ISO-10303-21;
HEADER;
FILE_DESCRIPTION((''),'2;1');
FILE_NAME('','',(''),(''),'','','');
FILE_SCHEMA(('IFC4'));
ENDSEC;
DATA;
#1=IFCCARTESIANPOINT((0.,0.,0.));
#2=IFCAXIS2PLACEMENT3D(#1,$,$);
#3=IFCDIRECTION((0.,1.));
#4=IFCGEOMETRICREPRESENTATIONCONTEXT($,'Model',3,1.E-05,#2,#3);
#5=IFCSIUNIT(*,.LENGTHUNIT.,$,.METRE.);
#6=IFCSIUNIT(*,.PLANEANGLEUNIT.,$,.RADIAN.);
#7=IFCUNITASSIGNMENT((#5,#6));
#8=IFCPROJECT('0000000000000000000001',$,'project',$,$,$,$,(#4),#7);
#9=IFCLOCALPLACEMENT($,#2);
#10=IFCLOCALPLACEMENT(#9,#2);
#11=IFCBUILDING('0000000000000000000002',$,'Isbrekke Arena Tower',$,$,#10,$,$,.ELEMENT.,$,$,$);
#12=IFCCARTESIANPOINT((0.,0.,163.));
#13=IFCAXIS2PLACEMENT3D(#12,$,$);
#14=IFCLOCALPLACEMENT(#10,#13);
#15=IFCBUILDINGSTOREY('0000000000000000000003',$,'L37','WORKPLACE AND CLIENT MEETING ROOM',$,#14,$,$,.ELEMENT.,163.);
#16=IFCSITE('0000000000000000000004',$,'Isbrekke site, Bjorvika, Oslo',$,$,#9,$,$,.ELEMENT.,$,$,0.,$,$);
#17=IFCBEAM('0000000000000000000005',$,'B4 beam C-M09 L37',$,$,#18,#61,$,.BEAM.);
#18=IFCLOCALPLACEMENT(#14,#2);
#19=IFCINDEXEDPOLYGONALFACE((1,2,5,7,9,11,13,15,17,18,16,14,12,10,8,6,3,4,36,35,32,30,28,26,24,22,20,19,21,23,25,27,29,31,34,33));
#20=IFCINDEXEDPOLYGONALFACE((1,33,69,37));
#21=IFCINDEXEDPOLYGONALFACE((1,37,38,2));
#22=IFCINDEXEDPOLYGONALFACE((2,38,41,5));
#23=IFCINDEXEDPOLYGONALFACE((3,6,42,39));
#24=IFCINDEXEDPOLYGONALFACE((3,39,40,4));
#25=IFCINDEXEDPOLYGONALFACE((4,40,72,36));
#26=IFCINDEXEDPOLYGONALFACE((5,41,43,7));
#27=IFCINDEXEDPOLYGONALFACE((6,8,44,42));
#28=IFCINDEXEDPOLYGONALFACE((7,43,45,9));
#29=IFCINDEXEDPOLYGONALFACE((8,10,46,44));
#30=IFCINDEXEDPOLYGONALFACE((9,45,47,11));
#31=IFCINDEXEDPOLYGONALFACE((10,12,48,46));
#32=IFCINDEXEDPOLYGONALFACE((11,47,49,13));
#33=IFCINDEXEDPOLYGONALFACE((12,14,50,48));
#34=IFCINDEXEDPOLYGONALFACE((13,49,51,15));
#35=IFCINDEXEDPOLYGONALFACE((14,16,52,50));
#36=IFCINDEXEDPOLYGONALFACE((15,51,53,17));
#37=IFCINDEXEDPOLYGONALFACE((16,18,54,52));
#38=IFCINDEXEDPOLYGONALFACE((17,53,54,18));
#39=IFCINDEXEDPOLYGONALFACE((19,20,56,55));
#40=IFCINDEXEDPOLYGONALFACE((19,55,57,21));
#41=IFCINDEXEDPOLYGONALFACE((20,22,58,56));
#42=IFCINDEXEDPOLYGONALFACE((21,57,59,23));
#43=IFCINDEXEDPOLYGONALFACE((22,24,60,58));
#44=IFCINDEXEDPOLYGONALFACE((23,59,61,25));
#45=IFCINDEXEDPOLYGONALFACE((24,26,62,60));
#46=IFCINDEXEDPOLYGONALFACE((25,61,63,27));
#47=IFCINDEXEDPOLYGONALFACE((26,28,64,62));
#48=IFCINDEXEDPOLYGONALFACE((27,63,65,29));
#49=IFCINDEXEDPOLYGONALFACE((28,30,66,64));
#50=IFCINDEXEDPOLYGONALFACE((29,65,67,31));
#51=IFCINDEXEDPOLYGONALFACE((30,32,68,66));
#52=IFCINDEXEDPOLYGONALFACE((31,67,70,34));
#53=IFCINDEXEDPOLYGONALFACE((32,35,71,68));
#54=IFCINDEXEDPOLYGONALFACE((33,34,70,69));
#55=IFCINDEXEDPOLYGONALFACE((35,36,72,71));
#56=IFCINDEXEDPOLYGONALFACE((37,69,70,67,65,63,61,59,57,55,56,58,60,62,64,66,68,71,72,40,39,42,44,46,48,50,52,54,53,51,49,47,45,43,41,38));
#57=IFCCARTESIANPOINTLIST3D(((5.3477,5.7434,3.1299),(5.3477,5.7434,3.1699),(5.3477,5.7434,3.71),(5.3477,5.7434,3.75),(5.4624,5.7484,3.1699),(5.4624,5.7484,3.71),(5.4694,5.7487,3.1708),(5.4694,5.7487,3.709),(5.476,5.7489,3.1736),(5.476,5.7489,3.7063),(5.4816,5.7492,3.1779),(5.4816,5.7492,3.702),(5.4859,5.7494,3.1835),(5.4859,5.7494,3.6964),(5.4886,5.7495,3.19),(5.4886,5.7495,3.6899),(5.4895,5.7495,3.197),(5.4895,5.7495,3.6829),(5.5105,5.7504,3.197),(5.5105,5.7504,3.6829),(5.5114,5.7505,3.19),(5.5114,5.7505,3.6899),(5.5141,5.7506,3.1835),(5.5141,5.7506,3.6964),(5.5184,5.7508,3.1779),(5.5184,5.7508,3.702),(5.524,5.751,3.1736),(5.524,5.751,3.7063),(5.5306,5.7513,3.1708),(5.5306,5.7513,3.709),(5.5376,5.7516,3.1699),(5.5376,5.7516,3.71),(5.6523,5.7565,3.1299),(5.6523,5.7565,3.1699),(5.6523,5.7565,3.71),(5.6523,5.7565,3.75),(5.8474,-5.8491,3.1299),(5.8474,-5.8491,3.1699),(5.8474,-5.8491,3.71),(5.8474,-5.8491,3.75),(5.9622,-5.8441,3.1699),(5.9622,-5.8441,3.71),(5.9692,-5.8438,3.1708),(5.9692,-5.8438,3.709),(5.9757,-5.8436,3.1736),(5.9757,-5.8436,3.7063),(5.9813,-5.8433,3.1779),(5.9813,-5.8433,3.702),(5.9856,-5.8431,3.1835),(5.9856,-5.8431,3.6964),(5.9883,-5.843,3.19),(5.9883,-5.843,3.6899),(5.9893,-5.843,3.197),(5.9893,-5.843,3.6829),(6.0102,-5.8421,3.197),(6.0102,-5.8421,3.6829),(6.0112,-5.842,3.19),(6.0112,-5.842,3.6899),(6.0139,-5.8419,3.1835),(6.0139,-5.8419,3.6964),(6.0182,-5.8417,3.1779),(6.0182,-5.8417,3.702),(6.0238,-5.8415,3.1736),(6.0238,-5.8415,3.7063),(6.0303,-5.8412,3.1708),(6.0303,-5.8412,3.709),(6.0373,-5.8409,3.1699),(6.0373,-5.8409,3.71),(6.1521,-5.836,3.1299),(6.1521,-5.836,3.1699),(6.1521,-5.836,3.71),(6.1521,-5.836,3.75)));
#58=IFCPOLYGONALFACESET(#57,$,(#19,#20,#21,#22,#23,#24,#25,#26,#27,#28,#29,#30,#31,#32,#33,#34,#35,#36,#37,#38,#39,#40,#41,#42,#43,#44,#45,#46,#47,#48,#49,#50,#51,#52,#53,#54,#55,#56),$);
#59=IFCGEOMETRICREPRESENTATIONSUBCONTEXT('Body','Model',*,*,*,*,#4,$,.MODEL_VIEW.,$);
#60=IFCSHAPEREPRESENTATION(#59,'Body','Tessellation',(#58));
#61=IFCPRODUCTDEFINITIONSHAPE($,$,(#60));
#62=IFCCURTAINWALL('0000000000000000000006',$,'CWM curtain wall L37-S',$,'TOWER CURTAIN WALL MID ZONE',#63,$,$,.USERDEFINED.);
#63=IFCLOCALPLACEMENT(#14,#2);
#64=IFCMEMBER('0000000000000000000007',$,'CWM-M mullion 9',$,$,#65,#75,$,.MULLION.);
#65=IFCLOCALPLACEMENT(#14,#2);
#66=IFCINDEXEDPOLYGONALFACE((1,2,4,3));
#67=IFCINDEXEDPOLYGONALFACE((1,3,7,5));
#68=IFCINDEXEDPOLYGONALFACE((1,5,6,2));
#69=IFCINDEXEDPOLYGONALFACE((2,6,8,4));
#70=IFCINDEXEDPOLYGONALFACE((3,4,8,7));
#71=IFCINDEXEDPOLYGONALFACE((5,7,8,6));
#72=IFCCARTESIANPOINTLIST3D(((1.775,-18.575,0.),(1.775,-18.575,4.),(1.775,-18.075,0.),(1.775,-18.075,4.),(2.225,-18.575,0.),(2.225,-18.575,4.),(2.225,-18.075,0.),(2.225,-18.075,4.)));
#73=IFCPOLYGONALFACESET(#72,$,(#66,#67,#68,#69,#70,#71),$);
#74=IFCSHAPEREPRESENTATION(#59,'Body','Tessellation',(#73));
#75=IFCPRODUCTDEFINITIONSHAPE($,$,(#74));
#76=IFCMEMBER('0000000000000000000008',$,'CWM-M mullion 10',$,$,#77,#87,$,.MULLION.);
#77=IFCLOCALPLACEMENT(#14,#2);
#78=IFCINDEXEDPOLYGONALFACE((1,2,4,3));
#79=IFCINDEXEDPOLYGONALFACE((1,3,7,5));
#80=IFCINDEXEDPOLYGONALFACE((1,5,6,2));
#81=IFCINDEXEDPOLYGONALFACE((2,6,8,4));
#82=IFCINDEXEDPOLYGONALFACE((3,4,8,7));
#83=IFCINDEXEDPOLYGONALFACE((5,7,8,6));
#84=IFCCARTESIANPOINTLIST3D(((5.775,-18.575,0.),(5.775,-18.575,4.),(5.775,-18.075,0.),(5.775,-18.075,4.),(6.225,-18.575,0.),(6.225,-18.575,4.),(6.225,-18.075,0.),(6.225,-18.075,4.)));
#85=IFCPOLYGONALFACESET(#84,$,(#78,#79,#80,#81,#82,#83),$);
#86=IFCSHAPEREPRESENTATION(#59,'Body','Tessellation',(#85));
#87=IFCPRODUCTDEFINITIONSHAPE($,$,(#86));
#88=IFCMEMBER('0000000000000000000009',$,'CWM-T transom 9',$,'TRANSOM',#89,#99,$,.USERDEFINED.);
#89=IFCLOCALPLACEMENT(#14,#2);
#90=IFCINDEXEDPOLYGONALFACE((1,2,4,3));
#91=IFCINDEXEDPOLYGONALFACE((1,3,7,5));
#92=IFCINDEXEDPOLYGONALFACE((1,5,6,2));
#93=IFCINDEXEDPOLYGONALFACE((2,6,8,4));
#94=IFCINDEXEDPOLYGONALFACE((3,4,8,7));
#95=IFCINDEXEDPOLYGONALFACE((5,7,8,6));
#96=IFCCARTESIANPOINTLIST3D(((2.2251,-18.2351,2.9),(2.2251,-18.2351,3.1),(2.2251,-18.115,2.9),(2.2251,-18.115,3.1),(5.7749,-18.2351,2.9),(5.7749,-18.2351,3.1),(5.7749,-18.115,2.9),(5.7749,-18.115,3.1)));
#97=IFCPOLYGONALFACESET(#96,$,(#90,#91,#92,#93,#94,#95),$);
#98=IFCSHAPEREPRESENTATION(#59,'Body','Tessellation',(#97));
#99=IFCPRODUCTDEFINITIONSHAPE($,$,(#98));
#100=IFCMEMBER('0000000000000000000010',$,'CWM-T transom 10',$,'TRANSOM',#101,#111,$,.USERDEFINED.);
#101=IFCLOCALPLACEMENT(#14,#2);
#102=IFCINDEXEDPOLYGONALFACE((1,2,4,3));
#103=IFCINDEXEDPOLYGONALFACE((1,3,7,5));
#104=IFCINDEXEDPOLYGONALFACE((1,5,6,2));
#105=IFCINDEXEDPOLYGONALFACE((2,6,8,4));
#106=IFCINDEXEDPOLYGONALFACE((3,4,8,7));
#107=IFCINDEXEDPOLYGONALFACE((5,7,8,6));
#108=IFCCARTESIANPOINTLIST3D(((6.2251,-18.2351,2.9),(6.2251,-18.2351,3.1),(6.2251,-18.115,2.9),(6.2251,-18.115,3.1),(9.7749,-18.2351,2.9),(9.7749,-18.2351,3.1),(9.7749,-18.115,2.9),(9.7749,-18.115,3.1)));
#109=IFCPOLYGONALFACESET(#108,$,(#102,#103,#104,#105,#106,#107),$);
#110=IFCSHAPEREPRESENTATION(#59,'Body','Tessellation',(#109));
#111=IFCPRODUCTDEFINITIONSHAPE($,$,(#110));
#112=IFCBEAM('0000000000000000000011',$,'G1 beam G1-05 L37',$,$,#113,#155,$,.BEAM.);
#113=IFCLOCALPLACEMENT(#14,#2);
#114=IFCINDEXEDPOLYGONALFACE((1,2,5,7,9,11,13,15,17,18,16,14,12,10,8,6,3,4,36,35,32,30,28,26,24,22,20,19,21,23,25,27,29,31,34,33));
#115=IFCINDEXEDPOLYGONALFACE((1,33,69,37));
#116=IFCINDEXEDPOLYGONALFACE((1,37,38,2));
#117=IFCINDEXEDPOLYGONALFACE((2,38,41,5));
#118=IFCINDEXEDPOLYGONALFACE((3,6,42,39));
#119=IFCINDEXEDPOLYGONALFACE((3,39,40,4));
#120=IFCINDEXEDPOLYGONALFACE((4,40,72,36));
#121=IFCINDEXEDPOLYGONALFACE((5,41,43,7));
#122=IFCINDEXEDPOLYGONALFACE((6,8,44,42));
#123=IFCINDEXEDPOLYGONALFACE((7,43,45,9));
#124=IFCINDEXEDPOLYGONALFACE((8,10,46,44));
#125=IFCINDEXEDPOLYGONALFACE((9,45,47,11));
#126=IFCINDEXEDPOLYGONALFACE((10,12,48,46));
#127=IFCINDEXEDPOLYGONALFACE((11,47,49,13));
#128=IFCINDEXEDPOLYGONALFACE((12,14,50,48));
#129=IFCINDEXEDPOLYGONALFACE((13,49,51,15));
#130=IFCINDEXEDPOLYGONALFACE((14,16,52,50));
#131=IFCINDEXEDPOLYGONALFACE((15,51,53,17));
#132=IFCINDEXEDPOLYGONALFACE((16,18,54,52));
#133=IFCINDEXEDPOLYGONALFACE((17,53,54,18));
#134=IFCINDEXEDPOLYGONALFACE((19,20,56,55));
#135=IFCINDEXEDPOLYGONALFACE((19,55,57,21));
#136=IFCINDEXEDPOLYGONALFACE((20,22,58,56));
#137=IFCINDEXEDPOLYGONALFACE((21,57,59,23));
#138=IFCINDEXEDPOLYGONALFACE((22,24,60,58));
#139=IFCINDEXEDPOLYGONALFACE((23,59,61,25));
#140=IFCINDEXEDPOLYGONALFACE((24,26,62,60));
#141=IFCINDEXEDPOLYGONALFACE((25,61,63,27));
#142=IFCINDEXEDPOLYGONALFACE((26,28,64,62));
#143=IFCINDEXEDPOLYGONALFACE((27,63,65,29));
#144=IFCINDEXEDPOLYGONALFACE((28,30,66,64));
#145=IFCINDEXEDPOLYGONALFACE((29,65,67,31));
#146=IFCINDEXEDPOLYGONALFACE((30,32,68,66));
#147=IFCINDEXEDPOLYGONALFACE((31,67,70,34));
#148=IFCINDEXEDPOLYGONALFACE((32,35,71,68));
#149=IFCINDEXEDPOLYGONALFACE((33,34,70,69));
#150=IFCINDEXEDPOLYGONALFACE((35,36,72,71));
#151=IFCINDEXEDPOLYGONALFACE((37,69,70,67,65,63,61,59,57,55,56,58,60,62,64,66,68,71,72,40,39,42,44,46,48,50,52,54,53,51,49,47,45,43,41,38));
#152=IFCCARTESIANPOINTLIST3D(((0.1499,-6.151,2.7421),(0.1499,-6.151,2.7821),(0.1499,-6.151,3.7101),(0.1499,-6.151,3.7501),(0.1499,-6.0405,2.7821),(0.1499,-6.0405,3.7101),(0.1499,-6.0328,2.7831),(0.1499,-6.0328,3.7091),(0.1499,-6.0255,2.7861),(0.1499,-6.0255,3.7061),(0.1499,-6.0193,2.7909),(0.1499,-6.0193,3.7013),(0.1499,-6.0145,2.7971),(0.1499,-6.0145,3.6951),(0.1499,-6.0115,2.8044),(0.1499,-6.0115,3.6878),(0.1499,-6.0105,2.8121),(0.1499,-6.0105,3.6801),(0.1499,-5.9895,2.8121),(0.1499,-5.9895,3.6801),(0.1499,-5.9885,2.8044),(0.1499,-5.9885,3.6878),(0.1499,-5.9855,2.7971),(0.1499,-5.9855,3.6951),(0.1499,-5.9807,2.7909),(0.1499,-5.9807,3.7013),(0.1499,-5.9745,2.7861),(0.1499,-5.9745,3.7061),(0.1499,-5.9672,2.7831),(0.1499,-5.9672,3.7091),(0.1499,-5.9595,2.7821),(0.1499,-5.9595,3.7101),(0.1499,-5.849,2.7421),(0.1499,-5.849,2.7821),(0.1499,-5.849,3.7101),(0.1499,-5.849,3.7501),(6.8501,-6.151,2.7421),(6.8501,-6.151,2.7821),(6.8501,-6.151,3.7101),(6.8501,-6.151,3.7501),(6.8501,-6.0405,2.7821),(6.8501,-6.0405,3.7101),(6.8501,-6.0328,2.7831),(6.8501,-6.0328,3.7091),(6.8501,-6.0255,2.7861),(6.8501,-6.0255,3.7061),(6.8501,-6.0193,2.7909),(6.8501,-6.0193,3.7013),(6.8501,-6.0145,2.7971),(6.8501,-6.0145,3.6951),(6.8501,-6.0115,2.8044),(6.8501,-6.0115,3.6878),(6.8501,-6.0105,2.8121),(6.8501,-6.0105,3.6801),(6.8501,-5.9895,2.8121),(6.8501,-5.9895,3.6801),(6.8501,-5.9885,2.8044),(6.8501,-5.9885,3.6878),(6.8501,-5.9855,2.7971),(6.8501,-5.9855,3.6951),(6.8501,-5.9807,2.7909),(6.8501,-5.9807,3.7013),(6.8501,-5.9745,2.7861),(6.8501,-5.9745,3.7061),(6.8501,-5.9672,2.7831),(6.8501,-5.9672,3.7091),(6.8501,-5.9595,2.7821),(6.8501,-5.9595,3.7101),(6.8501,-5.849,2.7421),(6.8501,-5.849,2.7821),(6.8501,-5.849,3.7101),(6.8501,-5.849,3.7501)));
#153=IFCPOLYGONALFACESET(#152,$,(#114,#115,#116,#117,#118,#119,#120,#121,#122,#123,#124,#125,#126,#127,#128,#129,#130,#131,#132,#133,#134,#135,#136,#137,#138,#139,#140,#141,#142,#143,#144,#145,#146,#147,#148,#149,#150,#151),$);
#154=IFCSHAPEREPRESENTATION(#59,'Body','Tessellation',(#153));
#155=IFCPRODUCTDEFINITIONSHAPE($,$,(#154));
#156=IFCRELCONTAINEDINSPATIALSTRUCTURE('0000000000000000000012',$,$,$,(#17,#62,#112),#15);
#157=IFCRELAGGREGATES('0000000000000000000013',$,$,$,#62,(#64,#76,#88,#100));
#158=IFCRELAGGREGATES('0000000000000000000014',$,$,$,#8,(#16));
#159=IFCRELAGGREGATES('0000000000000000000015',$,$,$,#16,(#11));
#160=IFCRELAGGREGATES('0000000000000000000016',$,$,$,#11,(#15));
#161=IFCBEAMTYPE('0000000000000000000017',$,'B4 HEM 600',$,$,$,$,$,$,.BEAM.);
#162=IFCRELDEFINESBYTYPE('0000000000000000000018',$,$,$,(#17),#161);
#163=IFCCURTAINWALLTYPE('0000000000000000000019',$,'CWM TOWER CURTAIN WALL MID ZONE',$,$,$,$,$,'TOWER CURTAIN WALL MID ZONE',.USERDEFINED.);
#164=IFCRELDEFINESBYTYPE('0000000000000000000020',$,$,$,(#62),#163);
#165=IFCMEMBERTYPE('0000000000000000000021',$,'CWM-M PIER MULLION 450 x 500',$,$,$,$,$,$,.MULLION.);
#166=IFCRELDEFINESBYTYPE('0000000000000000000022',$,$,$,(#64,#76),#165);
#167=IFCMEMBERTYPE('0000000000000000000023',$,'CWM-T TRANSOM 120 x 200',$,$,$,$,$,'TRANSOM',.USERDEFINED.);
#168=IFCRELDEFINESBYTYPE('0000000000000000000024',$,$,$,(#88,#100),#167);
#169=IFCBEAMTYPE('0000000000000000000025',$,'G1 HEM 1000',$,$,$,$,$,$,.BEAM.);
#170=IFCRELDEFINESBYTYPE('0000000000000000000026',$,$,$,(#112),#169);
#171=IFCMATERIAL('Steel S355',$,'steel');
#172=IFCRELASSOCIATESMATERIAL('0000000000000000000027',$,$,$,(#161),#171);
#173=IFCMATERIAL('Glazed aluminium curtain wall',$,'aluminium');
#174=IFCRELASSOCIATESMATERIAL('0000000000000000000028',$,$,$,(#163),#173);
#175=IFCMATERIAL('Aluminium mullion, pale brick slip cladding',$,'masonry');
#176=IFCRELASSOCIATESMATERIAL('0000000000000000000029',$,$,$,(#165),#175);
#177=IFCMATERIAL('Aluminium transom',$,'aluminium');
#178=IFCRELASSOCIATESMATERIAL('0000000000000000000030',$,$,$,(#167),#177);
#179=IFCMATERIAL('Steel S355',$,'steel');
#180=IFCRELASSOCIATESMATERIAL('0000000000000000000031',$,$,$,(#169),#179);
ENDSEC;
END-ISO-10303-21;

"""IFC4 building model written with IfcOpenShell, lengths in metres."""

from ifc_helpers import new_model, si_unit, direction, frame, origin, origin_2d, place, context, subcontext, project, spatial, rectangle, i_section, extrude, material, material_profile, profile_set, type_object, element, aggregate, save


model = new_model("IFC4")

# Units and contexts
model_context = context("Model", 3, precision=1e-05, world=origin(), true_north=direction((0.0, 1.0)))
body_context = subcontext(model_context, "Body", "Model", "MODEL_VIEW")
ifc_project = project(units=[si_unit("LENGTHUNIT", "METRE"), si_unit("PLANEANGLEUNIT", "RADIAN")], contexts=[model_context])

# Site, building, storey
site_placement = place(None, origin())
site = spatial("IfcSite", under=ifc_project, at=site_placement, Name="Isbrekke site, Bjorvika, Oslo", CompositionType="ELEMENT", RefElevation=0.0)
building_placement = place(site_placement, origin())
building = spatial("IfcBuilding", under=site, at=building_placement, Name="Isbrekke Arena Tower", CompositionType="ELEMENT")
storey_placement = place(building_placement, frame((0.0, 0.0, 163.0)))
storey = spatial("IfcBuildingStorey", under=building, at=storey_placement, Name="L37", Description="WORKPLACE AND CLIENT MEETING ROOM", CompositionType="ELEMENT", Elevation=163.0)

# Beam
ifc_material_1 = material(Name="Steel S355", Category="steel")
ifc_material_profile_1 = material_profile(ifc_material_1, i_section(OverallWidth=0.3049, OverallDepth=0.6201, WebThickness=0.021, FlangeThickness=0.04, FilletRadius=0.0271, at=origin_2d()), Name="HEM 600")
ifc_profile_set_1 = profile_set([ifc_material_profile_1], Name="Steel S355")
beam_type_1 = type_object("IfcBeamType", Name="B4 HEM 600", PredefinedType="BEAM", material=ifc_profile_set_1)
beam_1_placement = place(storey_placement, frame((5.9998, -5.8425, 3.4399), z_axis=(-0.04307, 0.999072, 0.0), x_axis=(-0.999072, -0.04307, 0.0)))
element("IfcBeam", 1, at=beam_1_placement, inside=storey, type_object=beam_type_1, Name="B4 beam C-M09 L37", PredefinedType="BEAM", context=body_context, shape_type="SweptSolid", body=[
    extrude(i_section(OverallWidth=0.3049, OverallDepth=0.6201, WebThickness=0.021, FlangeThickness=0.04, FilletRadius=0.0271, at=origin_2d()), origin(), (0.0, 0.0, 1.0), 11.6033),
])

# Curtain wall, members
ifc_material_2 = material(Name="Glazed aluminium curtain wall", Category="aluminium")
curtain_wall_type = type_object("IfcCurtainWallType", Name="CWM TOWER CURTAIN WALL MID ZONE", ElementType="TOWER CURTAIN WALL MID ZONE", PredefinedType="USERDEFINED", material=ifc_material_2)
curtain_wall_placement = place(storey_placement, origin())
curtain_wall = element("IfcCurtainWall", 2, at=curtain_wall_placement, inside=storey, type_object=curtain_wall_type, Name="CWM curtain wall L37-S", ObjectType="TOWER CURTAIN WALL MID ZONE", PredefinedType="USERDEFINED")
ifc_material_3 = material(Name="Aluminium mullion, pale brick slip cladding", Category="masonry")
ifc_material_profile_2 = material_profile(ifc_material_3, rectangle(XDim=0.45, YDim=0.5, at=origin_2d()), Name="PIER 450X500")
ifc_profile_set_2 = profile_set([ifc_material_profile_2], Name="Aluminium mullion, pale brick slip cladding")
member_type_1 = type_object("IfcMemberType", Name="CWM-M PIER MULLION 450 x 500", PredefinedType="MULLION", material=ifc_profile_set_2)
member_1_placement = place(storey_placement, frame((2.0, -18.325, 0.0), z_axis=(0.0, 0.0, 1.0), x_axis=(1.0, 0.0, 0.0)))
member_1 = element("IfcMember", 3, at=member_1_placement, type_object=member_type_1, Name="CWM-M mullion 9", PredefinedType="MULLION", context=body_context, shape_type="SweptSolid", body=[
    extrude(rectangle(XDim=0.45, YDim=0.5, at=origin_2d()), origin(), (0.0, 0.0, 1.0), 4.0),
])
member_2_placement = place(storey_placement, frame((6.0, -18.325, 0.0), z_axis=(0.0, 0.0, 1.0), x_axis=(1.0, 0.0, 0.0)))
member_2 = element("IfcMember", 4, at=member_2_placement, type_object=member_type_1, Name="CWM-M mullion 10", PredefinedType="MULLION", context=body_context, shape_type="SweptSolid", body=[
    extrude(rectangle(XDim=0.45, YDim=0.5, at=origin_2d()), origin(), (0.0, 0.0, 1.0), 4.0),
])
ifc_material_4 = material(Name="Aluminium transom", Category="aluminium")
ifc_material_profile_3 = material_profile(ifc_material_4, rectangle(XDim=0.1201, YDim=0.2, at=origin_2d()), Name="TRANSOM 120X200")
ifc_profile_set_3 = profile_set([ifc_material_profile_3], Name="Aluminium transom")
member_type_2 = type_object("IfcMemberType", Name="CWM-T TRANSOM 120 x 200", ElementType="TRANSOM", PredefinedType="USERDEFINED", material=ifc_profile_set_3)
member_3_placement = place(storey_placement, frame((2.2251, -18.175, 3.0), z_axis=(1.0, 0.0, 0.0), x_axis=(0.0, 1.0, 0.0)))
member_3 = element("IfcMember", 5, at=member_3_placement, type_object=member_type_2, Name="CWM-T transom 9", ObjectType="TRANSOM", PredefinedType="USERDEFINED", context=body_context, shape_type="SweptSolid", body=[
    extrude(rectangle(XDim=0.1201, YDim=0.2, at=origin_2d()), origin(), (0.0, 0.0, 1.0), 3.5498),
])
member_4_placement = place(storey_placement, frame((6.2251, -18.175, 3.0), z_axis=(1.0, 0.0, 0.0), x_axis=(0.0, 1.0, 0.0)))
member_4 = element("IfcMember", 6, at=member_4_placement, type_object=member_type_2, Name="CWM-T transom 10", ObjectType="TRANSOM", PredefinedType="USERDEFINED", context=body_context, shape_type="SweptSolid", body=[
    extrude(rectangle(XDim=0.1201, YDim=0.2, at=origin_2d()), origin(), (0.0, 0.0, 1.0), 3.5498),
])

# Beam
ifc_material_5 = material(Name="Steel S355", Category="steel")
ifc_material_profile_4 = material_profile(ifc_material_5, i_section(OverallWidth=0.302, OverallDepth=1.0081, WebThickness=0.021, FlangeThickness=0.04, FilletRadius=0.03, at=origin_2d()), Name="HEM 1000")
ifc_profile_set_4 = profile_set([ifc_material_profile_4], Name="Steel S355")
beam_type_2 = type_object("IfcBeamType", Name="G1 HEM 1000", PredefinedType="BEAM", material=ifc_profile_set_4)
for number, where, z_axis, x_axis, name in (
    (7, (0.1499, -6.0, 3.2461), (1.0, 0.0, 0.0), (0.0, 1.0, 0.0), "G1 beam G1-05 L37"),
):
    element("IfcBeam", number, at=place(storey_placement, frame(where, z_axis=z_axis, x_axis=x_axis)), inside=storey, type_object=beam_type_2, Name=name, PredefinedType="BEAM", context=body_context, shape_type="SweptSolid", body=[
        extrude(i_section(OverallWidth=0.302, OverallDepth=1.0081, WebThickness=0.021, FlangeThickness=0.04, FilletRadius=0.03, at=origin_2d()), origin(), (0.0, 0.0, 1.0), 6.7002),
    ])

aggregate(curtain_wall, [member_1, member_2, member_3, member_4])

save(model, "model.ifc")
